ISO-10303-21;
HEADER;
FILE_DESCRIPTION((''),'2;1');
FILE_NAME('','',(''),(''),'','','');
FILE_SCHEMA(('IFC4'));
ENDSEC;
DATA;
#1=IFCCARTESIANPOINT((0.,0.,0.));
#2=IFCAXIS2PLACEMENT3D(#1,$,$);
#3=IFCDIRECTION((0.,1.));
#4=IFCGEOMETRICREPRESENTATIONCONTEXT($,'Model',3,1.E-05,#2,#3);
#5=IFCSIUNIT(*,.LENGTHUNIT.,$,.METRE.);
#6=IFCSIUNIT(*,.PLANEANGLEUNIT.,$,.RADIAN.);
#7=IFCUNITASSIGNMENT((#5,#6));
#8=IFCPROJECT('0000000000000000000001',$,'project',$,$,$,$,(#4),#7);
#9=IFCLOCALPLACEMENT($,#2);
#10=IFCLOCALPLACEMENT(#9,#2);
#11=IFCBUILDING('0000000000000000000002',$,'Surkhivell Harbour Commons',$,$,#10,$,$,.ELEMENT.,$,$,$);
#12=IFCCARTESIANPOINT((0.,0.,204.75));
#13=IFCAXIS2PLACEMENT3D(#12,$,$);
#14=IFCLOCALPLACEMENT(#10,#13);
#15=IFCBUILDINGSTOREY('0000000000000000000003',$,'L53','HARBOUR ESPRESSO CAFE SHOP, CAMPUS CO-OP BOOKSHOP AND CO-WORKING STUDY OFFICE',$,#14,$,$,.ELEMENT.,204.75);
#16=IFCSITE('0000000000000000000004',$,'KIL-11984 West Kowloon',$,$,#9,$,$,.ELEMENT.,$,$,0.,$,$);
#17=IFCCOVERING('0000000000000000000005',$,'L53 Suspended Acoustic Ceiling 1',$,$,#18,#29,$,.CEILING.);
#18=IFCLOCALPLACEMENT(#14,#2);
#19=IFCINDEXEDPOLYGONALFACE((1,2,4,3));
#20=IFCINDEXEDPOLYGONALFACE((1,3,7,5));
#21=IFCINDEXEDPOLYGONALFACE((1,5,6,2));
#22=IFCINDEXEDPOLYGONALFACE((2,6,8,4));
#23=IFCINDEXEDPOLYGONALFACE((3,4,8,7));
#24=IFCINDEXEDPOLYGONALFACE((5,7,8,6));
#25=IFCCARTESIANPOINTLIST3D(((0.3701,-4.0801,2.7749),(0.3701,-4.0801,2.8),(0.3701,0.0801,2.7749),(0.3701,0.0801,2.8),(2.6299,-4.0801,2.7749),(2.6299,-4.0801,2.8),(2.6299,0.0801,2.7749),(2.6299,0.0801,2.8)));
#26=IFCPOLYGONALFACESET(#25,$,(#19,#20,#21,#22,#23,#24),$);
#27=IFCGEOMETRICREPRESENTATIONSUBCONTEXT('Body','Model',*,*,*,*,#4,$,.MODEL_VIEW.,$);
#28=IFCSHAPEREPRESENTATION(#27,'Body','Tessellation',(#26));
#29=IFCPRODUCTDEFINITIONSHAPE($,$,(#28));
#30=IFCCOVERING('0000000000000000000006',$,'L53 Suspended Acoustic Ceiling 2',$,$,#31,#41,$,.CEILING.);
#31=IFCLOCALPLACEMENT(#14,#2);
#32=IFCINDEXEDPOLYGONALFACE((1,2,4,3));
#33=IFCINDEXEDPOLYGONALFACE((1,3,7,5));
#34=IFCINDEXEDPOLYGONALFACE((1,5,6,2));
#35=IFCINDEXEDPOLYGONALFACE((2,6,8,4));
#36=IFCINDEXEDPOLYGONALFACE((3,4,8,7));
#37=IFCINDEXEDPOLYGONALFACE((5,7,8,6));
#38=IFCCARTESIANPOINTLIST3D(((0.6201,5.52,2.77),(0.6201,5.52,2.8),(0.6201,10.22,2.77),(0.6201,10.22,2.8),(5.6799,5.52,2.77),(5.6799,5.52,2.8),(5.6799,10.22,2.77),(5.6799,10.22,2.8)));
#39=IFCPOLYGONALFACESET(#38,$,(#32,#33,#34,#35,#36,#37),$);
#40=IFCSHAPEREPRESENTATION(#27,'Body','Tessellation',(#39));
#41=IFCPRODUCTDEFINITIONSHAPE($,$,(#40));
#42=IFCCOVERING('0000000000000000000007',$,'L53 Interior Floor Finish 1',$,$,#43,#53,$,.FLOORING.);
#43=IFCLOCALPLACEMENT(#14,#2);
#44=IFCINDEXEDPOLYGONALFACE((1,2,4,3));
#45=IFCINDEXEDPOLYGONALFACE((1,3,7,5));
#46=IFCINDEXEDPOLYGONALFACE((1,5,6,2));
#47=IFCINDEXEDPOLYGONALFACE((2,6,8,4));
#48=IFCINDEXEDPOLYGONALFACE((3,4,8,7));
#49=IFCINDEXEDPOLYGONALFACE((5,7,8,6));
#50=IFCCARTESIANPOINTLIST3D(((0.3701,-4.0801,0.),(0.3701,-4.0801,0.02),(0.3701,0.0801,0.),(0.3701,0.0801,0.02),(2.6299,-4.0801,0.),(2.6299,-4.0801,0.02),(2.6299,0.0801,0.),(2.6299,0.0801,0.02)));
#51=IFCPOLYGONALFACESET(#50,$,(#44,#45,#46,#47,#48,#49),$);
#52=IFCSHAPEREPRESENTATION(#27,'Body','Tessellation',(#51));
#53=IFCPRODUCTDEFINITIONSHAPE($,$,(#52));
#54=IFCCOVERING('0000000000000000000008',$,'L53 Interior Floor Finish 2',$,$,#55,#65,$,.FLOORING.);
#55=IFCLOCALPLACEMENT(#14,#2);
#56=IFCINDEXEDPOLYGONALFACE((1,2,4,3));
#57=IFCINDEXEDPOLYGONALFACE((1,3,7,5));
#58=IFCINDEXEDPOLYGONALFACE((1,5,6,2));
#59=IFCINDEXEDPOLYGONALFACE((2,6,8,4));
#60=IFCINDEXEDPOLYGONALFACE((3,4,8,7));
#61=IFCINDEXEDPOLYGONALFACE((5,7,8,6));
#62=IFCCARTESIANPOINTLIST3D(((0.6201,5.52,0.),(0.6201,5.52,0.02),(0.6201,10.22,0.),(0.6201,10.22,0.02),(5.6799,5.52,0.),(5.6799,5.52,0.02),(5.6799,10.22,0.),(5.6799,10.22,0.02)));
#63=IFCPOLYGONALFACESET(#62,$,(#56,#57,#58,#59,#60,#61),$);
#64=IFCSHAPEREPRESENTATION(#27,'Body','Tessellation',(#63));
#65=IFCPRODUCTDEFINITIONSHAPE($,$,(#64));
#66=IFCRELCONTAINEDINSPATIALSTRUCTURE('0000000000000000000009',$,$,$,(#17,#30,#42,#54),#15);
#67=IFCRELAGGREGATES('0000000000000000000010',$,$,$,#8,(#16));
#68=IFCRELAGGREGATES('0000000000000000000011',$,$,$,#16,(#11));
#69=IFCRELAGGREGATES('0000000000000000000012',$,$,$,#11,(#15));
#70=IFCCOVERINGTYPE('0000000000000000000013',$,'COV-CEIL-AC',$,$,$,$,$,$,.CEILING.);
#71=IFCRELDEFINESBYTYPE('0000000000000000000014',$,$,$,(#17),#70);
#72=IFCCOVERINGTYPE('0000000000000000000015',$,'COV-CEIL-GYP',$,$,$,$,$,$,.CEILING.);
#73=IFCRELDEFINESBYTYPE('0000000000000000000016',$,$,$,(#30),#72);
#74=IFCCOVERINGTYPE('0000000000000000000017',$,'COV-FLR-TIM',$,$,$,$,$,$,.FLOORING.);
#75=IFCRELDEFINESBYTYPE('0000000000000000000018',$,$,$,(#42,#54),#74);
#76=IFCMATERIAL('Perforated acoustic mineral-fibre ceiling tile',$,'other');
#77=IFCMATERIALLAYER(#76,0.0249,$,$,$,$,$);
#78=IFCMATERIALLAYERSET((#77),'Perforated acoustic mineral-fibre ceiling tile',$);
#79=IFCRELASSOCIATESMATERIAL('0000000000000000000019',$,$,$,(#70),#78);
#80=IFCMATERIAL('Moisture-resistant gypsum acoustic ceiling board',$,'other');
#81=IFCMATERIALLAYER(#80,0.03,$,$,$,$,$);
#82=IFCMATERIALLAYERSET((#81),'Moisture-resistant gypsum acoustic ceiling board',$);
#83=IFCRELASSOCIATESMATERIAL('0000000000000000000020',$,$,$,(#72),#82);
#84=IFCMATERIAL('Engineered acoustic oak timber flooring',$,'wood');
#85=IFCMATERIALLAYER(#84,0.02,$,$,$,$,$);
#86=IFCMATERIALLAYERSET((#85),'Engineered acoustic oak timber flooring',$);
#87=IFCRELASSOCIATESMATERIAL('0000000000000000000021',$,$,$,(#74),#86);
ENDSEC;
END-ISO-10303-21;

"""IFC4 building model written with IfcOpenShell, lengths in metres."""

from ifc_helpers import new_model, si_unit, direction, frame, origin, place, context, subcontext, project, spatial, polyline, outline, extrude, material, layer, layer_set, type_object, element, save


model = new_model("IFC4")

# Units and contexts
model_context = context("Model", 3, precision=1e-05, world=origin(), true_north=direction((0.0, 1.0)))
body_context = subcontext(model_context, "Body", "Model", "MODEL_VIEW")
ifc_project = project(units=[si_unit("LENGTHUNIT", "METRE"), si_unit("PLANEANGLEUNIT", "RADIAN")], contexts=[model_context])

# Site, building, storey
site_placement = place(None, origin())
site = spatial("IfcSite", under=ifc_project, at=site_placement, Name="KIL-11984 West Kowloon", CompositionType="ELEMENT", RefElevation=0.0)
building_placement = place(site_placement, origin())
building = spatial("IfcBuilding", under=site, at=building_placement, Name="Surkhivell Harbour Commons", CompositionType="ELEMENT")
storey_placement = place(building_placement, frame((0.0, 0.0, 204.75)))
storey = spatial("IfcBuildingStorey", under=building, at=storey_placement, Name="L53", Description="HARBOUR ESPRESSO CAFE SHOP, CAMPUS CO-OP BOOKSHOP AND CO-WORKING STUDY OFFICE", CompositionType="ELEMENT", Elevation=204.75)

# Coverings
ifc_material_1 = material(Name="Perforated acoustic mineral-fibre ceiling tile", Category="other")
ifc_layer_1 = layer(ifc_material_1, 0.0249)
ifc_layer_set_1 = layer_set([ifc_layer_1], Name="Perforated acoustic mineral-fibre ceiling tile")
covering_type_1 = type_object("IfcCoveringType", Name="COV-CEIL-AC", PredefinedType="CEILING", material=ifc_layer_set_1)
covering_1_placement = place(storey_placement, frame((0.0, 0.0, 2.7749)))
element("IfcCovering", 1, at=covering_1_placement, inside=storey, type_object=covering_type_1, Name="L53 Suspended Acoustic Ceiling 1", PredefinedType="CEILING", context=body_context, shape_type="SweptSolid", body=[
    extrude(outline(polyline([(0.3701, -4.0801), (2.6299, -4.0801), (2.6299, 0.0801), (0.3701, 0.0801), (0.3701, -4.0801)])), origin(), (0.0, 0.0, 1.0), 0.0251),
])
ifc_material_2 = material(Name="Moisture-resistant gypsum acoustic ceiling board", Category="other")
ifc_layer_2 = layer(ifc_material_2, 0.03)
ifc_layer_set_2 = layer_set([ifc_layer_2], Name="Moisture-resistant gypsum acoustic ceiling board")
covering_type_2 = type_object("IfcCoveringType", Name="COV-CEIL-GYP", PredefinedType="CEILING", material=ifc_layer_set_2)
covering_2_placement = place(storey_placement, frame((0.0, 0.0, 2.77)))
element("IfcCovering", 2, at=covering_2_placement, inside=storey, type_object=covering_type_2, Name="L53 Suspended Acoustic Ceiling 2", PredefinedType="CEILING", context=body_context, shape_type="SweptSolid", body=[
    extrude(outline(polyline([(0.6201, 5.52), (5.6799, 5.52), (5.6799, 10.22), (0.6201, 10.22), (0.6201, 5.52)])), origin(), (0.0, 0.0, 1.0), 0.03),
])
ifc_material_3 = material(Name="Engineered acoustic oak timber flooring", Category="wood")
ifc_layer_3 = layer(ifc_material_3, 0.02)
ifc_layer_set_3 = layer_set([ifc_layer_3], Name="Engineered acoustic oak timber flooring")
covering_type_3 = type_object("IfcCoveringType", Name="COV-FLR-TIM", PredefinedType="FLOORING", material=ifc_layer_set_3)
covering_3_placement = place(storey_placement, origin())
element("IfcCovering", 3, at=covering_3_placement, inside=storey, type_object=covering_type_3, Name="L53 Interior Floor Finish 1", PredefinedType="FLOORING", context=body_context, shape_type="SweptSolid", body=[
    extrude(outline(polyline([(0.3701, -4.0801), (2.6299, -4.0801), (2.6299, 0.0801), (0.3701, 0.0801), (0.3701, -4.0801)])), origin(), (0.0, 0.0, 1.0), 0.02),
])
covering_4_placement = place(storey_placement, origin())
element("IfcCovering", 4, at=covering_4_placement, inside=storey, type_object=covering_type_3, Name="L53 Interior Floor Finish 2", PredefinedType="FLOORING", context=body_context, shape_type="SweptSolid", body=[
    extrude(outline(polyline([(0.6201, 5.52), (5.6799, 5.52), (5.6799, 10.22), (0.6201, 10.22), (0.6201, 5.52)])), origin(), (0.0, 0.0, 1.0), 0.02),
])

save(model, "model.ifc")
